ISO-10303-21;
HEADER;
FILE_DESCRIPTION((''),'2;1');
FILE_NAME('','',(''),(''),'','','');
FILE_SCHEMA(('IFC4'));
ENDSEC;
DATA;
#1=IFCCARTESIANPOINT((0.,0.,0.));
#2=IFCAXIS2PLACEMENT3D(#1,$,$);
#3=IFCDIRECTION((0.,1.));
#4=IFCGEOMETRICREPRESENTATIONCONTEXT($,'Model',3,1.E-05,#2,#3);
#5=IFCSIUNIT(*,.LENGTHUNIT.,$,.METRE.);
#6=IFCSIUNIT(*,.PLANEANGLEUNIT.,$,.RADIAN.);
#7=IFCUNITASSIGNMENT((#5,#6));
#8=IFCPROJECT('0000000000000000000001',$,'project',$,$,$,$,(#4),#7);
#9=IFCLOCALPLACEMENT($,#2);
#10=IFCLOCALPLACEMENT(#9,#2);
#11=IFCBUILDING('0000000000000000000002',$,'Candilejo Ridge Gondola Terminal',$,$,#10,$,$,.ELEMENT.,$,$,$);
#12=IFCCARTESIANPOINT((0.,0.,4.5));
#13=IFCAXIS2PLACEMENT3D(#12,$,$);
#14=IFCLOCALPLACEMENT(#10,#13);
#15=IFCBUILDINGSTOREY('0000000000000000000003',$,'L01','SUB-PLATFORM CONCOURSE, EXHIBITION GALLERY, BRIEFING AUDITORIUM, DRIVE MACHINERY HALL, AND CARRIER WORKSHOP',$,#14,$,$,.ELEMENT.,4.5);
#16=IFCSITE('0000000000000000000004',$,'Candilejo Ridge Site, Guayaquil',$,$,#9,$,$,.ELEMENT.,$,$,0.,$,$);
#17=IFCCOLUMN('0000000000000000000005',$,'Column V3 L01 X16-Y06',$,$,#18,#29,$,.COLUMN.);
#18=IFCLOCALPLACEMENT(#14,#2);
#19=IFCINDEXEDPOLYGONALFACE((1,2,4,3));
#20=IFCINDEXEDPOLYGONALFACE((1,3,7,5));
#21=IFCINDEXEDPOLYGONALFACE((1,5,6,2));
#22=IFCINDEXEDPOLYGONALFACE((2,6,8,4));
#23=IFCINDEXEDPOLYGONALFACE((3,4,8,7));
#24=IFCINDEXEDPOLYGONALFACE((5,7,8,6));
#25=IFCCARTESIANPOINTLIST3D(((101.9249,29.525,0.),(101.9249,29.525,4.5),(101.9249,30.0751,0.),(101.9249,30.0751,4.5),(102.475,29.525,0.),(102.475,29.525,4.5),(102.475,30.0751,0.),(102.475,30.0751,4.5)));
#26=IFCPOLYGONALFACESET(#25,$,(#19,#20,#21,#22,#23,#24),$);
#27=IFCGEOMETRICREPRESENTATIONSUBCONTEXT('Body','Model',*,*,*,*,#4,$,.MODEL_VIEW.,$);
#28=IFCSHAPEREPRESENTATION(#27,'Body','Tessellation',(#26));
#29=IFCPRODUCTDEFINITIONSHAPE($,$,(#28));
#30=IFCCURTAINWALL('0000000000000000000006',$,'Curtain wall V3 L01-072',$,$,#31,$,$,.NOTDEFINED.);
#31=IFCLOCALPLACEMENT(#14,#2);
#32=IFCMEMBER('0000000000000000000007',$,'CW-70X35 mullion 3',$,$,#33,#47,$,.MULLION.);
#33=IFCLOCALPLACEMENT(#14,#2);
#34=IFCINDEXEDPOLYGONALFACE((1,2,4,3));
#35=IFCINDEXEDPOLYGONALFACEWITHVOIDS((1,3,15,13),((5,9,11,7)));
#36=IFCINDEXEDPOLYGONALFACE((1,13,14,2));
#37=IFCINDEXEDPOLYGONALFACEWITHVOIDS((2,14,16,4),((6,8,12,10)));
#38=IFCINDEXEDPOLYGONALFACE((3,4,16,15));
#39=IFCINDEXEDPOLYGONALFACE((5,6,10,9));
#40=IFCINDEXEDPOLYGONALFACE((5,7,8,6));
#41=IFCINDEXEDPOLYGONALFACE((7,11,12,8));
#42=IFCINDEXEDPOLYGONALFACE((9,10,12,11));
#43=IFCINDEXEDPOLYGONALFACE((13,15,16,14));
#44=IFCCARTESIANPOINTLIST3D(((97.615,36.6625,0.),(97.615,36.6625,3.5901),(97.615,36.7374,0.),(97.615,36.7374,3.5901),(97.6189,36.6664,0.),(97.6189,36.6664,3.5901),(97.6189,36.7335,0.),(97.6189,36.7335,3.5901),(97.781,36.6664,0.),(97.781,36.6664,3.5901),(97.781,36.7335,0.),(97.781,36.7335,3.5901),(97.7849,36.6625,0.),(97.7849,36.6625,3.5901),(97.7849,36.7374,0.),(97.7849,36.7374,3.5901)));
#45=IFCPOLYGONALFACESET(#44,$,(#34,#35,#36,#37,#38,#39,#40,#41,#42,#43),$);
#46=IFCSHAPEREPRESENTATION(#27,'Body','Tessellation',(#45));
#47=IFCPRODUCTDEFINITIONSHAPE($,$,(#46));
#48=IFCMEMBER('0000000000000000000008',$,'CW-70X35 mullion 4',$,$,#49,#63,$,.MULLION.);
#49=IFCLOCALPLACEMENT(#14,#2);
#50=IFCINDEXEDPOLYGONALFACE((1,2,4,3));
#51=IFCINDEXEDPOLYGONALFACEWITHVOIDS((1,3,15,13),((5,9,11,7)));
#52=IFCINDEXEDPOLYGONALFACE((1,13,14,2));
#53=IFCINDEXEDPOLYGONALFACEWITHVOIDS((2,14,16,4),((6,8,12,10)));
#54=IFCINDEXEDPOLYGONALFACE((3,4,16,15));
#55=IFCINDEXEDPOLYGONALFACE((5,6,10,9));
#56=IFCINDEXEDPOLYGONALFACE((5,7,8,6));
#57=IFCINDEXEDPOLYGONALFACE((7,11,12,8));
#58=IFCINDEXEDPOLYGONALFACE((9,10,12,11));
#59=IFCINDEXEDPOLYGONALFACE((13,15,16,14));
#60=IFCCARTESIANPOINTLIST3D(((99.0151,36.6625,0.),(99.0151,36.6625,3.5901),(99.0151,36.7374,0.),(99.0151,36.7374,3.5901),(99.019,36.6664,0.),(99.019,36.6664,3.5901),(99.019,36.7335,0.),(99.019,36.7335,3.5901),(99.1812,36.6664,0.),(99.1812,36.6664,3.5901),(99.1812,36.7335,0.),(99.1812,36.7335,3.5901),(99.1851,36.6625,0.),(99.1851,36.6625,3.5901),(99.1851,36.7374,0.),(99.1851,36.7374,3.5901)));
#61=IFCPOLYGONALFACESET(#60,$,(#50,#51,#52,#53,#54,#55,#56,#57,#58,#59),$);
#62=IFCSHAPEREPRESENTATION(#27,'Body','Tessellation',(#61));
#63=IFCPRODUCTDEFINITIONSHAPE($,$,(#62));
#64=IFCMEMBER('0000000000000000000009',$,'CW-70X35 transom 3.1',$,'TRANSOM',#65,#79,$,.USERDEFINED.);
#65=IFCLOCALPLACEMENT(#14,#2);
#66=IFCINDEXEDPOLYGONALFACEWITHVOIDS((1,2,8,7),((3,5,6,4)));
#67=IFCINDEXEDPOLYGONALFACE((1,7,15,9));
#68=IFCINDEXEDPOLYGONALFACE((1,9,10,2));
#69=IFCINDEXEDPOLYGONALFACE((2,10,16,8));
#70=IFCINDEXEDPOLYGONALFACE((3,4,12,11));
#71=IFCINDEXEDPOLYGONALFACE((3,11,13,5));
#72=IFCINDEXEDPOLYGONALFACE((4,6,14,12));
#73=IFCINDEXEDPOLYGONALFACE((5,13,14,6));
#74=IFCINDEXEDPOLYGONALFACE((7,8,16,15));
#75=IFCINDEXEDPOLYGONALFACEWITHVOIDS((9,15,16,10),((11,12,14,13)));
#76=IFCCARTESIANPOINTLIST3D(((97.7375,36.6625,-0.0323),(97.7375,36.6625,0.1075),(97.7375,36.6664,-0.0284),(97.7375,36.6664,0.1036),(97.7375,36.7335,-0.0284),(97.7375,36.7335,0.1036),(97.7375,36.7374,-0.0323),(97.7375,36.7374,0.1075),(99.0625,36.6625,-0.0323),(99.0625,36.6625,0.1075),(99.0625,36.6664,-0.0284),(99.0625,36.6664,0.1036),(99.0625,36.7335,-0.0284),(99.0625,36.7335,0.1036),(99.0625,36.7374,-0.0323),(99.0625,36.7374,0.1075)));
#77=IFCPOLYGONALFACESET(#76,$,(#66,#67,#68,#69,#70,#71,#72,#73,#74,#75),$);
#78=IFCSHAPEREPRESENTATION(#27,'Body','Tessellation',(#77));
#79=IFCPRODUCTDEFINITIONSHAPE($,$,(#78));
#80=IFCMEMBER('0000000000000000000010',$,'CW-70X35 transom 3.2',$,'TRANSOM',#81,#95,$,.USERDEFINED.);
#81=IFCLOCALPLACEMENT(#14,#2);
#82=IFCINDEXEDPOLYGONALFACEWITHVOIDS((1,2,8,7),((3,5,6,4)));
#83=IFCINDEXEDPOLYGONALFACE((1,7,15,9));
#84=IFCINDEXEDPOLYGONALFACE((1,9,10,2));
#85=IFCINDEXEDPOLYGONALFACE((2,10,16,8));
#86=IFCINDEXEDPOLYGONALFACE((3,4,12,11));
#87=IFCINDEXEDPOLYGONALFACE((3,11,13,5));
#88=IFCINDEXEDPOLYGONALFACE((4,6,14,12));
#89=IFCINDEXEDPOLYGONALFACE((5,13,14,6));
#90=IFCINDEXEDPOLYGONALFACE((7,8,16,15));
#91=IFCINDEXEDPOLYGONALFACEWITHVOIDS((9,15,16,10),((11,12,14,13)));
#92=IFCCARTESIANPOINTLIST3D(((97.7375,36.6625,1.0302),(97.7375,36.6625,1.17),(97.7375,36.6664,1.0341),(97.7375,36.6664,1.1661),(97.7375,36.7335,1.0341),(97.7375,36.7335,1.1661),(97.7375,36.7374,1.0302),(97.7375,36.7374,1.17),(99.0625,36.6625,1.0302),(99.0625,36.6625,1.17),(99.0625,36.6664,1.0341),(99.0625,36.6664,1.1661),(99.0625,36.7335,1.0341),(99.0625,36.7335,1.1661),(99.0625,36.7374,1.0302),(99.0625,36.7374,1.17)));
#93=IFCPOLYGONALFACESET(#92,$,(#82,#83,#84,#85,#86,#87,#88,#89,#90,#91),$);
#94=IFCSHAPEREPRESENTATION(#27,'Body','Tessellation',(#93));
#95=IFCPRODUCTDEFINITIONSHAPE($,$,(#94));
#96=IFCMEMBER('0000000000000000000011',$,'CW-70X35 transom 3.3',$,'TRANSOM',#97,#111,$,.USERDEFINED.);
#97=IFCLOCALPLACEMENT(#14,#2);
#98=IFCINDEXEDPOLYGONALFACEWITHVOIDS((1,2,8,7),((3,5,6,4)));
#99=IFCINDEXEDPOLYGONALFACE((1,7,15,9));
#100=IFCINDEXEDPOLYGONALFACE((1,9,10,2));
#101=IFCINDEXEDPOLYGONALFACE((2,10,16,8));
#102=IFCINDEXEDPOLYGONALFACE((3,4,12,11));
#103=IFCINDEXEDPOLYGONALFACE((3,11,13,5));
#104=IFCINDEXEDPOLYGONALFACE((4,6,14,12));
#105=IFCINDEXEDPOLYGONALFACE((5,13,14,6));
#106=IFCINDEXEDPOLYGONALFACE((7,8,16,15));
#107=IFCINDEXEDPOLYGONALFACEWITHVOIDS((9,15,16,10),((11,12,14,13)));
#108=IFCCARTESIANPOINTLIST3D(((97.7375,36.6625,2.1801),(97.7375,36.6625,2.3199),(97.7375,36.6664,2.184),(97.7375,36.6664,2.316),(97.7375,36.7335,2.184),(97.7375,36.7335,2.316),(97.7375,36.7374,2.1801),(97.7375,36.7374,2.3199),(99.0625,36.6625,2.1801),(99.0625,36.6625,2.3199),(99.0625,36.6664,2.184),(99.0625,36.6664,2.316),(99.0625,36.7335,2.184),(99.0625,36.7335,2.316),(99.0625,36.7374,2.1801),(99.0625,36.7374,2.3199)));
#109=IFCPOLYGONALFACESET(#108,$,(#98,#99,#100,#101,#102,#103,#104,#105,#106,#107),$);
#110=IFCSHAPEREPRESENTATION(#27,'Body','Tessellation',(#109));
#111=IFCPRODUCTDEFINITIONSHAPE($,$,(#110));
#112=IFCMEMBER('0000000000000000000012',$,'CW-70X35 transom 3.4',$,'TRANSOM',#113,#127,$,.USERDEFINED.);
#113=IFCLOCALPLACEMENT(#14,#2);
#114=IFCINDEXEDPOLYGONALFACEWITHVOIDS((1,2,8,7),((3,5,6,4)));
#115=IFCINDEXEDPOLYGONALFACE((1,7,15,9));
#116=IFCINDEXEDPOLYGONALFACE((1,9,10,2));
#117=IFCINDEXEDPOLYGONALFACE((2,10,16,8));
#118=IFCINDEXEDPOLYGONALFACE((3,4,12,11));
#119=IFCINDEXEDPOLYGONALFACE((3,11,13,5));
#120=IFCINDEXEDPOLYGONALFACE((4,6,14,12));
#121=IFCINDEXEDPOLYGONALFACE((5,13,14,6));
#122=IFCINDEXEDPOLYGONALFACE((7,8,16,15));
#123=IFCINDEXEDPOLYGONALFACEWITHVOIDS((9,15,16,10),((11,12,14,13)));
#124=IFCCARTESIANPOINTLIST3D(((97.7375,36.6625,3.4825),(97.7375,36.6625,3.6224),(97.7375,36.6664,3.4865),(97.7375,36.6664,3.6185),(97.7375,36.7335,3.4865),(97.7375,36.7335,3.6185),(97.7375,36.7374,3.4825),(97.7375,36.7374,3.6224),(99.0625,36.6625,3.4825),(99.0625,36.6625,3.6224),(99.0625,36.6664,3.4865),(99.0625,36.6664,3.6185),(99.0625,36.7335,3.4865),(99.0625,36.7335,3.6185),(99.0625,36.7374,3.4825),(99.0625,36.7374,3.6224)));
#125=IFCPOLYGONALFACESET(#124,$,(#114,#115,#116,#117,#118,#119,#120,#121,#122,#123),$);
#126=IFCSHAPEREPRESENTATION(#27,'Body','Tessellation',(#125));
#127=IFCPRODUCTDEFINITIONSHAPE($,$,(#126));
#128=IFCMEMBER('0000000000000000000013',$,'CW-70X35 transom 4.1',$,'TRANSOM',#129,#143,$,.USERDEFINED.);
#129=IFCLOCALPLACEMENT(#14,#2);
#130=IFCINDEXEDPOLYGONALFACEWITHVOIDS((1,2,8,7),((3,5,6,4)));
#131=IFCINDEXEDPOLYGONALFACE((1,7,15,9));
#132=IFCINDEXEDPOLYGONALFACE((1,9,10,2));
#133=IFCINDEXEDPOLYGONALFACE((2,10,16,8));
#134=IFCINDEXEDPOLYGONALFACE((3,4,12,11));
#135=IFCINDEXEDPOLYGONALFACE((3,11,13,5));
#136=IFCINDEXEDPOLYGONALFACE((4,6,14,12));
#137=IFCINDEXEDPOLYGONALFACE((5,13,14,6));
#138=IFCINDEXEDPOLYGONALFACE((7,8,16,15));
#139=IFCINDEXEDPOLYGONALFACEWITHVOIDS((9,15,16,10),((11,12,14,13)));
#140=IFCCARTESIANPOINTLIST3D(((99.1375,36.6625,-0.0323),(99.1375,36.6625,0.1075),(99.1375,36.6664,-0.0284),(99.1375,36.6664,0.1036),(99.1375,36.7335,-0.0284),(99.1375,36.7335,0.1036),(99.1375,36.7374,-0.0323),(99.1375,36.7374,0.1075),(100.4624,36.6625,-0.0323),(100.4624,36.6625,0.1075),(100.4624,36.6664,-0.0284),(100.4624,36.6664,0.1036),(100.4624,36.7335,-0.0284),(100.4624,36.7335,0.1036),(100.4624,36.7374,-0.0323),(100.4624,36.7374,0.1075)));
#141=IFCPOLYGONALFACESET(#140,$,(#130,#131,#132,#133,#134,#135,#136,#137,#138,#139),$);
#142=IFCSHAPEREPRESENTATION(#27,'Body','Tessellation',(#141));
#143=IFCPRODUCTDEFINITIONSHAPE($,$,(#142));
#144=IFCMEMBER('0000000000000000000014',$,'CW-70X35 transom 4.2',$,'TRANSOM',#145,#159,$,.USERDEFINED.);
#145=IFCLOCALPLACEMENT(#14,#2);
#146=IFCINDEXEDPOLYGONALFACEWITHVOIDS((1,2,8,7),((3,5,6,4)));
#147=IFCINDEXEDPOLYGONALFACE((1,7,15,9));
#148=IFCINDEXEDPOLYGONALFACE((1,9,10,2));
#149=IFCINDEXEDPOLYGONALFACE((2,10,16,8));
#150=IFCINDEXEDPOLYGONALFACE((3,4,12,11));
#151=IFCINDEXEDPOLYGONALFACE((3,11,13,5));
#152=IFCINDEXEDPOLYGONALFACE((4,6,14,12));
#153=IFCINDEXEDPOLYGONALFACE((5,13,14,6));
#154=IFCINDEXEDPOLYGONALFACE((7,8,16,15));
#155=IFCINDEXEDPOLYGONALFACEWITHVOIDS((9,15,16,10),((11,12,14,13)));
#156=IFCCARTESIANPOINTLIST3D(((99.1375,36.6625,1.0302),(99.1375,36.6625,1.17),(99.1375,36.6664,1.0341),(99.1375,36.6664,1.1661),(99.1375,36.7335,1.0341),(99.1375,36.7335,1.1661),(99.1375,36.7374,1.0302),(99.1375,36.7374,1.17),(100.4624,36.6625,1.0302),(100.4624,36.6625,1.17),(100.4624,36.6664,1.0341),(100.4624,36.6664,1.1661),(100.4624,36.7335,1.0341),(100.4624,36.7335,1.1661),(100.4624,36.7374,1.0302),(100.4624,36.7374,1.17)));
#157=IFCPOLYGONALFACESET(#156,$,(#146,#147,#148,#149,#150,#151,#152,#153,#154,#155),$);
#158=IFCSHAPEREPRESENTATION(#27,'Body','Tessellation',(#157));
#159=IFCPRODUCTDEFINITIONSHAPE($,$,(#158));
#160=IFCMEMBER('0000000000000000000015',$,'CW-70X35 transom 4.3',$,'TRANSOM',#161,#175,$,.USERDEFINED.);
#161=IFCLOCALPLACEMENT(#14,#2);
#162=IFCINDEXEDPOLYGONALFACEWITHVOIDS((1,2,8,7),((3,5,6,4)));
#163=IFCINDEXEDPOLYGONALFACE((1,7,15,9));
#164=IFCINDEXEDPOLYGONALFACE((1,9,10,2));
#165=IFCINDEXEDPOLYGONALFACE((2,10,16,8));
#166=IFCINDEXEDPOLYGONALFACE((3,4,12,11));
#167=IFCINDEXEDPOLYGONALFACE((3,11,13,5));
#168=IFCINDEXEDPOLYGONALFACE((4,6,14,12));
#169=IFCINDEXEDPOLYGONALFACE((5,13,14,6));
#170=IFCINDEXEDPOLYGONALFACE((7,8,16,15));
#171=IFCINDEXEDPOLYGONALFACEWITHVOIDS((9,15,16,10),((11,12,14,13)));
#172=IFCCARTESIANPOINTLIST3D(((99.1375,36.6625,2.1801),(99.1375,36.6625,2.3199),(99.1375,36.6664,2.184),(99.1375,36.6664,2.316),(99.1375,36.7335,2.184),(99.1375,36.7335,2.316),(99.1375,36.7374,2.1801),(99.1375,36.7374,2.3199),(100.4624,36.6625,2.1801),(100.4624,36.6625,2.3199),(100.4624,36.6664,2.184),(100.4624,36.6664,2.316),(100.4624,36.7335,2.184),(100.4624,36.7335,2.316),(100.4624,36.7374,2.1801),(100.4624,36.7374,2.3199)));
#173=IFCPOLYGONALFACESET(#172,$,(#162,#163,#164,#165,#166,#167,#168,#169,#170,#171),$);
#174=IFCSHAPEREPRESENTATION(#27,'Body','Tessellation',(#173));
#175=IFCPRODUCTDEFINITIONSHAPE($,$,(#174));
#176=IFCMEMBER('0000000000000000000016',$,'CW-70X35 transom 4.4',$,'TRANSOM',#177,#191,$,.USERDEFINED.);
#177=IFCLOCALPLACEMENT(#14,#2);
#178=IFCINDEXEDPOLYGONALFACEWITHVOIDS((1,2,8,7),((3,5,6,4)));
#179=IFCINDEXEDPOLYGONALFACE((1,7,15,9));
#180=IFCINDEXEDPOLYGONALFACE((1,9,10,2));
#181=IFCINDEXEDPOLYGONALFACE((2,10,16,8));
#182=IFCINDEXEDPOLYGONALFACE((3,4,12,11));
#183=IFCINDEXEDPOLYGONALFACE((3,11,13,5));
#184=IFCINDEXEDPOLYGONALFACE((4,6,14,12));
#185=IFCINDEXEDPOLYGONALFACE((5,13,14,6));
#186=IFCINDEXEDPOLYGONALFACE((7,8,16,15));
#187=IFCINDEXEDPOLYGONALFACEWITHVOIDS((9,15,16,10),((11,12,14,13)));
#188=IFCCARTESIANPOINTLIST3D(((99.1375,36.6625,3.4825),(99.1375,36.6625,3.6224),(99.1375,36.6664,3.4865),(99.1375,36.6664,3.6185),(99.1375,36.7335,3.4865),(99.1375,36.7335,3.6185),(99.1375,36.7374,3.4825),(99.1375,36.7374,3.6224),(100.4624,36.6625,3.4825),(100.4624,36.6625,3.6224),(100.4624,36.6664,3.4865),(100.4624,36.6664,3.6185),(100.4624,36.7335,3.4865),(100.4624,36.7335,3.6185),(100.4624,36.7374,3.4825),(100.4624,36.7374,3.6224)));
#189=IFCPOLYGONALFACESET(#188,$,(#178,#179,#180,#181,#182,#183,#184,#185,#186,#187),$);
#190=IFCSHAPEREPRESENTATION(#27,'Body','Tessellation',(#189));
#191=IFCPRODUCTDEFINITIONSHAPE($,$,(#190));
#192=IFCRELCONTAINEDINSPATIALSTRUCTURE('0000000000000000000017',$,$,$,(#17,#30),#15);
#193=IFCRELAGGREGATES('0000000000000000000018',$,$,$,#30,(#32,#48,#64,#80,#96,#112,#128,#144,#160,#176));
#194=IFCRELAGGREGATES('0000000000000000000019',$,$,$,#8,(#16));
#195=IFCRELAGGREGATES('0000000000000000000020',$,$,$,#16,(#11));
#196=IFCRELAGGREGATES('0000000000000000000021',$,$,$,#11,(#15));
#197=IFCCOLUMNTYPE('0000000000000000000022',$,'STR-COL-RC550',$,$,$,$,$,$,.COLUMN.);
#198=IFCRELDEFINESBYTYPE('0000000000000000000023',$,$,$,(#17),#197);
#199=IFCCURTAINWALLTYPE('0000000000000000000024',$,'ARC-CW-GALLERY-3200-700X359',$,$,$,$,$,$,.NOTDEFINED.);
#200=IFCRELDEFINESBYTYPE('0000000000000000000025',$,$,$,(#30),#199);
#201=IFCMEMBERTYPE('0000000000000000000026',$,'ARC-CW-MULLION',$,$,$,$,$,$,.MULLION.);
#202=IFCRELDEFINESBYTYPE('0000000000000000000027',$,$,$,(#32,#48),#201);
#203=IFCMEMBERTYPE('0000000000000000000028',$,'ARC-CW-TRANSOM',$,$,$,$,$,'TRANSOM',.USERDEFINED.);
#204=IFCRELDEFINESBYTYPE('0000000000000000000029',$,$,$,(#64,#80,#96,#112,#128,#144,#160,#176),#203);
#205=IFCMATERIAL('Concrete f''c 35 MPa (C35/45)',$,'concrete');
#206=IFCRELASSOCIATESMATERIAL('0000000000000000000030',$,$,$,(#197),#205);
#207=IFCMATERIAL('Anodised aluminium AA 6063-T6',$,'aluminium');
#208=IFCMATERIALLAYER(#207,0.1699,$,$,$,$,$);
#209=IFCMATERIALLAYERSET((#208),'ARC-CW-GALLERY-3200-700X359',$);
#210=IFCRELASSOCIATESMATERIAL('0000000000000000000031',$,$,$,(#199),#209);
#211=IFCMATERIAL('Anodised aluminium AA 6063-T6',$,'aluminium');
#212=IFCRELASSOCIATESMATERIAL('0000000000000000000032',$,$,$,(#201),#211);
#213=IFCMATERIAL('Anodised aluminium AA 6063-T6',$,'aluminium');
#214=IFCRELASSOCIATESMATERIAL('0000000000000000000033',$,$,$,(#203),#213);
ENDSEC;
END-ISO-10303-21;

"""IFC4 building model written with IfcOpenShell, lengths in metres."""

from ifc_helpers import new_model, si_unit, direction, frame, origin, origin_2d, place, context, subcontext, project, spatial, rectangle, hollow_rectangle, extrude, material, layer, layer_set, material_profile, profile_set, type_object, element, aggregate, save


model = new_model("IFC4")

# Units and contexts
model_context = context("Model", 3, precision=1e-05, world=origin(), true_north=direction((0.0, 1.0)))
body_context = subcontext(model_context, "Body", "Model", "MODEL_VIEW")
ifc_project = project(units=[si_unit("LENGTHUNIT", "METRE"), si_unit("PLANEANGLEUNIT", "RADIAN")], contexts=[model_context])

# Site, building, storey
site_placement = place(None, origin())
site = spatial("IfcSite", under=ifc_project, at=site_placement, Name="Candilejo Ridge Site, Guayaquil", CompositionType="ELEMENT", RefElevation=0.0)
building_placement = place(site_placement, origin())
building = spatial("IfcBuilding", under=site, at=building_placement, Name="Candilejo Ridge Gondola Terminal", CompositionType="ELEMENT")
storey_placement = place(building_placement, frame((0.0, 0.0, 4.5)))
storey = spatial("IfcBuildingStorey", under=building, at=storey_placement, Name="L01", Description="SUB-PLATFORM CONCOURSE, EXHIBITION GALLERY, BRIEFING AUDITORIUM, DRIVE MACHINERY HALL, AND CARRIER WORKSHOP", CompositionType="ELEMENT", Elevation=4.5)

# Column
ifc_material_1 = material(Name="Concrete f'c 35 MPa (C35/45)", Category="concrete")
ifc_material_profile_1 = material_profile(ifc_material_1, rectangle(XDim=0.55, YDim=0.55, at=origin_2d()))
ifc_profile_set_1 = profile_set([ifc_material_profile_1], Name="Concrete f'c 35 MPa (C35/45)")
column_type = type_object("IfcColumnType", Name="STR-COL-RC550", PredefinedType="COLUMN", material=ifc_profile_set_1)
column_placement = place(storey_placement, frame((102.2, 29.8, 0.0), z_axis=(0.0, 0.0, 1.0), x_axis=(1.0, 0.0, 0.0)))
element("IfcColumn", 1, at=column_placement, inside=storey, type_object=column_type, Name="Column V3 L01 X16-Y06", PredefinedType="COLUMN", context=body_context, shape_type="SweptSolid", body=[
    extrude(rectangle(XDim=0.55, YDim=0.55, at=origin_2d()), origin(), (0.0, 0.0, 1.0), 4.5),
])

# Curtain wall, members
ifc_material_2 = material(Name="Anodised aluminium AA 6063-T6", Category="aluminium")
ifc_layer_1 = layer(ifc_material_2, 0.1699)
ifc_layer_set_1 = layer_set([ifc_layer_1], Name="ARC-CW-GALLERY-3200-700X359")
curtain_wall_type = type_object("IfcCurtainWallType", Name="ARC-CW-GALLERY-3200-700X359", PredefinedType="NOTDEFINED", material=ifc_layer_set_1)
curtain_wall_placement = place(storey_placement, origin())
curtain_wall = element("IfcCurtainWall", 2, at=curtain_wall_placement, inside=storey, type_object=curtain_wall_type, Name="Curtain wall V3 L01-072", PredefinedType="NOTDEFINED")
ifc_material_3 = material(Name="Anodised aluminium AA 6063-T6", Category="aluminium")
ifc_material_profile_2 = material_profile(ifc_material_3, hollow_rectangle(XDim=0.075, YDim=0.1699, WallThickness=0.0039, at=origin_2d()))
ifc_profile_set_2 = profile_set([ifc_material_profile_2], Name="Anodised aluminium AA 6063-T6")
member_type_1 = type_object("IfcMemberType", Name="ARC-CW-MULLION", PredefinedType="MULLION", material=ifc_profile_set_2)
member_1_placement = place(storey_placement, frame((97.7, 36.7, 0.0), z_axis=(0.0, 0.0, 1.0), x_axis=(0.0, 1.0, 0.0)))
member_1 = element("IfcMember", 3, at=member_1_placement, type_object=member_type_1, Name="CW-70X35 mullion 3", PredefinedType="MULLION", context=body_context, shape_type="SweptSolid", body=[
    extrude(hollow_rectangle(XDim=0.075, YDim=0.1699, WallThickness=0.0039, at=origin_2d()), origin(), (0.0, 0.0, 1.0), 3.5901),
])
member_2_placement = place(storey_placement, frame((99.1001, 36.7, 0.0), z_axis=(0.0, 0.0, 1.0), x_axis=(0.0, 1.0, 0.0)))
member_2 = element("IfcMember", 4, at=member_2_placement, type_object=member_type_1, Name="CW-70X35 mullion 4", PredefinedType="MULLION", context=body_context, shape_type="SweptSolid", body=[
    extrude(hollow_rectangle(XDim=0.075, YDim=0.1699, WallThickness=0.0039, at=origin_2d()), origin(), (0.0, 0.0, 1.0), 3.5901),
])
ifc_material_4 = material(Name="Anodised aluminium AA 6063-T6", Category="aluminium")
ifc_material_profile_3 = material_profile(ifc_material_4, hollow_rectangle(XDim=0.075, YDim=0.1399, WallThickness=0.0039, at=origin_2d()))
ifc_profile_set_3 = profile_set([ifc_material_profile_3], Name="Anodised aluminium AA 6063-T6")
member_type_2 = type_object("IfcMemberType", Name="ARC-CW-TRANSOM", ElementType="TRANSOM", PredefinedType="USERDEFINED", material=ifc_profile_set_3)
member_3_placement = place(storey_placement, frame((97.7375, 36.7, 0.0376), z_axis=(1.0, 0.0, 0.0), x_axis=(0.0, 1.0, 0.0)))
member_3 = element("IfcMember", 5, at=member_3_placement, type_object=member_type_2, Name="CW-70X35 transom 3.1", ObjectType="TRANSOM", PredefinedType="USERDEFINED", context=body_context, shape_type="SweptSolid", body=[
    extrude(hollow_rectangle(XDim=0.075, YDim=0.1399, WallThickness=0.0039, at=origin_2d()), origin(), (0.0, 0.0, 1.0), 1.325),
])
member_4_placement = place(storey_placement, frame((97.7375, 36.7, 1.1001), z_axis=(1.0, 0.0, 0.0), x_axis=(0.0, 1.0, 0.0)))
member_4 = element("IfcMember", 6, at=member_4_placement, type_object=member_type_2, Name="CW-70X35 transom 3.2", ObjectType="TRANSOM", PredefinedType="USERDEFINED", context=body_context, shape_type="SweptSolid", body=[
    extrude(hollow_rectangle(XDim=0.075, YDim=0.1399, WallThickness=0.0039, at=origin_2d()), origin(), (0.0, 0.0, 1.0), 1.325),
])
member_5_placement = place(storey_placement, frame((97.7375, 36.7, 2.25), z_axis=(1.0, 0.0, 0.0), x_axis=(0.0, 1.0, 0.0)))
member_5 = element("IfcMember", 7, at=member_5_placement, type_object=member_type_2, Name="CW-70X35 transom 3.3", ObjectType="TRANSOM", PredefinedType="USERDEFINED", context=body_context, shape_type="SweptSolid", body=[
    extrude(hollow_rectangle(XDim=0.075, YDim=0.1399, WallThickness=0.0039, at=origin_2d()), origin(), (0.0, 0.0, 1.0), 1.325),
])
member_6_placement = place(storey_placement, frame((97.7375, 36.7, 3.5525), z_axis=(1.0, 0.0, 0.0), x_axis=(0.0, 1.0, 0.0)))
member_6 = element("IfcMember", 8, at=member_6_placement, type_object=member_type_2, Name="CW-70X35 transom 3.4", ObjectType="TRANSOM", PredefinedType="USERDEFINED", context=body_context, shape_type="SweptSolid", body=[
    extrude(hollow_rectangle(XDim=0.075, YDim=0.1399, WallThickness=0.0039, at=origin_2d()), origin(), (0.0, 0.0, 1.0), 1.325),
])
member_7_placement = place(storey_placement, frame((99.1375, 36.7, 0.0376), z_axis=(1.0, 0.0, 0.0), x_axis=(0.0, 1.0, 0.0)))
member_7 = element("IfcMember", 9, at=member_7_placement, type_object=member_type_2, Name="CW-70X35 transom 4.1", ObjectType="TRANSOM", PredefinedType="USERDEFINED", context=body_context, shape_type="SweptSolid", body=[
    extrude(hollow_rectangle(XDim=0.075, YDim=0.1399, WallThickness=0.0039, at=origin_2d()), origin(), (0.0, 0.0, 1.0), 1.325),
])
member_8_placement = place(storey_placement, frame((99.1375, 36.7, 1.1001), z_axis=(1.0, 0.0, 0.0), x_axis=(0.0, 1.0, 0.0)))
member_8 = element("IfcMember", 10, at=member_8_placement, type_object=member_type_2, Name="CW-70X35 transom 4.2", ObjectType="TRANSOM", PredefinedType="USERDEFINED", context=body_context, shape_type="SweptSolid", body=[
    extrude(hollow_rectangle(XDim=0.075, YDim=0.1399, WallThickness=0.0039, at=origin_2d()), origin(), (0.0, 0.0, 1.0), 1.325),
])
member_9_placement = place(storey_placement, frame((99.1375, 36.7, 2.25), z_axis=(1.0, 0.0, 0.0), x_axis=(0.0, 1.0, 0.0)))
member_9 = element("IfcMember", 11, at=member_9_placement, type_object=member_type_2, Name="CW-70X35 transom 4.3", ObjectType="TRANSOM", PredefinedType="USERDEFINED", context=body_context, shape_type="SweptSolid", body=[
    extrude(hollow_rectangle(XDim=0.075, YDim=0.1399, WallThickness=0.0039, at=origin_2d()), origin(), (0.0, 0.0, 1.0), 1.325),
])
member_10_placement = place(storey_placement, frame((99.1375, 36.7, 3.5525), z_axis=(1.0, 0.0, 0.0), x_axis=(0.0, 1.0, 0.0)))
member_10 = element("IfcMember", 12, at=member_10_placement, type_object=member_type_2, Name="CW-70X35 transom 4.4", ObjectType="TRANSOM", PredefinedType="USERDEFINED", context=body_context, shape_type="SweptSolid", body=[
    extrude(hollow_rectangle(XDim=0.075, YDim=0.1399, WallThickness=0.0039, at=origin_2d()), origin(), (0.0, 0.0, 1.0), 1.325),
])

aggregate(curtain_wall, [member_1, member_2, member_3, member_4, member_5, member_6, member_7, member_8, member_9, member_10])

save(model, "model.ifc")
